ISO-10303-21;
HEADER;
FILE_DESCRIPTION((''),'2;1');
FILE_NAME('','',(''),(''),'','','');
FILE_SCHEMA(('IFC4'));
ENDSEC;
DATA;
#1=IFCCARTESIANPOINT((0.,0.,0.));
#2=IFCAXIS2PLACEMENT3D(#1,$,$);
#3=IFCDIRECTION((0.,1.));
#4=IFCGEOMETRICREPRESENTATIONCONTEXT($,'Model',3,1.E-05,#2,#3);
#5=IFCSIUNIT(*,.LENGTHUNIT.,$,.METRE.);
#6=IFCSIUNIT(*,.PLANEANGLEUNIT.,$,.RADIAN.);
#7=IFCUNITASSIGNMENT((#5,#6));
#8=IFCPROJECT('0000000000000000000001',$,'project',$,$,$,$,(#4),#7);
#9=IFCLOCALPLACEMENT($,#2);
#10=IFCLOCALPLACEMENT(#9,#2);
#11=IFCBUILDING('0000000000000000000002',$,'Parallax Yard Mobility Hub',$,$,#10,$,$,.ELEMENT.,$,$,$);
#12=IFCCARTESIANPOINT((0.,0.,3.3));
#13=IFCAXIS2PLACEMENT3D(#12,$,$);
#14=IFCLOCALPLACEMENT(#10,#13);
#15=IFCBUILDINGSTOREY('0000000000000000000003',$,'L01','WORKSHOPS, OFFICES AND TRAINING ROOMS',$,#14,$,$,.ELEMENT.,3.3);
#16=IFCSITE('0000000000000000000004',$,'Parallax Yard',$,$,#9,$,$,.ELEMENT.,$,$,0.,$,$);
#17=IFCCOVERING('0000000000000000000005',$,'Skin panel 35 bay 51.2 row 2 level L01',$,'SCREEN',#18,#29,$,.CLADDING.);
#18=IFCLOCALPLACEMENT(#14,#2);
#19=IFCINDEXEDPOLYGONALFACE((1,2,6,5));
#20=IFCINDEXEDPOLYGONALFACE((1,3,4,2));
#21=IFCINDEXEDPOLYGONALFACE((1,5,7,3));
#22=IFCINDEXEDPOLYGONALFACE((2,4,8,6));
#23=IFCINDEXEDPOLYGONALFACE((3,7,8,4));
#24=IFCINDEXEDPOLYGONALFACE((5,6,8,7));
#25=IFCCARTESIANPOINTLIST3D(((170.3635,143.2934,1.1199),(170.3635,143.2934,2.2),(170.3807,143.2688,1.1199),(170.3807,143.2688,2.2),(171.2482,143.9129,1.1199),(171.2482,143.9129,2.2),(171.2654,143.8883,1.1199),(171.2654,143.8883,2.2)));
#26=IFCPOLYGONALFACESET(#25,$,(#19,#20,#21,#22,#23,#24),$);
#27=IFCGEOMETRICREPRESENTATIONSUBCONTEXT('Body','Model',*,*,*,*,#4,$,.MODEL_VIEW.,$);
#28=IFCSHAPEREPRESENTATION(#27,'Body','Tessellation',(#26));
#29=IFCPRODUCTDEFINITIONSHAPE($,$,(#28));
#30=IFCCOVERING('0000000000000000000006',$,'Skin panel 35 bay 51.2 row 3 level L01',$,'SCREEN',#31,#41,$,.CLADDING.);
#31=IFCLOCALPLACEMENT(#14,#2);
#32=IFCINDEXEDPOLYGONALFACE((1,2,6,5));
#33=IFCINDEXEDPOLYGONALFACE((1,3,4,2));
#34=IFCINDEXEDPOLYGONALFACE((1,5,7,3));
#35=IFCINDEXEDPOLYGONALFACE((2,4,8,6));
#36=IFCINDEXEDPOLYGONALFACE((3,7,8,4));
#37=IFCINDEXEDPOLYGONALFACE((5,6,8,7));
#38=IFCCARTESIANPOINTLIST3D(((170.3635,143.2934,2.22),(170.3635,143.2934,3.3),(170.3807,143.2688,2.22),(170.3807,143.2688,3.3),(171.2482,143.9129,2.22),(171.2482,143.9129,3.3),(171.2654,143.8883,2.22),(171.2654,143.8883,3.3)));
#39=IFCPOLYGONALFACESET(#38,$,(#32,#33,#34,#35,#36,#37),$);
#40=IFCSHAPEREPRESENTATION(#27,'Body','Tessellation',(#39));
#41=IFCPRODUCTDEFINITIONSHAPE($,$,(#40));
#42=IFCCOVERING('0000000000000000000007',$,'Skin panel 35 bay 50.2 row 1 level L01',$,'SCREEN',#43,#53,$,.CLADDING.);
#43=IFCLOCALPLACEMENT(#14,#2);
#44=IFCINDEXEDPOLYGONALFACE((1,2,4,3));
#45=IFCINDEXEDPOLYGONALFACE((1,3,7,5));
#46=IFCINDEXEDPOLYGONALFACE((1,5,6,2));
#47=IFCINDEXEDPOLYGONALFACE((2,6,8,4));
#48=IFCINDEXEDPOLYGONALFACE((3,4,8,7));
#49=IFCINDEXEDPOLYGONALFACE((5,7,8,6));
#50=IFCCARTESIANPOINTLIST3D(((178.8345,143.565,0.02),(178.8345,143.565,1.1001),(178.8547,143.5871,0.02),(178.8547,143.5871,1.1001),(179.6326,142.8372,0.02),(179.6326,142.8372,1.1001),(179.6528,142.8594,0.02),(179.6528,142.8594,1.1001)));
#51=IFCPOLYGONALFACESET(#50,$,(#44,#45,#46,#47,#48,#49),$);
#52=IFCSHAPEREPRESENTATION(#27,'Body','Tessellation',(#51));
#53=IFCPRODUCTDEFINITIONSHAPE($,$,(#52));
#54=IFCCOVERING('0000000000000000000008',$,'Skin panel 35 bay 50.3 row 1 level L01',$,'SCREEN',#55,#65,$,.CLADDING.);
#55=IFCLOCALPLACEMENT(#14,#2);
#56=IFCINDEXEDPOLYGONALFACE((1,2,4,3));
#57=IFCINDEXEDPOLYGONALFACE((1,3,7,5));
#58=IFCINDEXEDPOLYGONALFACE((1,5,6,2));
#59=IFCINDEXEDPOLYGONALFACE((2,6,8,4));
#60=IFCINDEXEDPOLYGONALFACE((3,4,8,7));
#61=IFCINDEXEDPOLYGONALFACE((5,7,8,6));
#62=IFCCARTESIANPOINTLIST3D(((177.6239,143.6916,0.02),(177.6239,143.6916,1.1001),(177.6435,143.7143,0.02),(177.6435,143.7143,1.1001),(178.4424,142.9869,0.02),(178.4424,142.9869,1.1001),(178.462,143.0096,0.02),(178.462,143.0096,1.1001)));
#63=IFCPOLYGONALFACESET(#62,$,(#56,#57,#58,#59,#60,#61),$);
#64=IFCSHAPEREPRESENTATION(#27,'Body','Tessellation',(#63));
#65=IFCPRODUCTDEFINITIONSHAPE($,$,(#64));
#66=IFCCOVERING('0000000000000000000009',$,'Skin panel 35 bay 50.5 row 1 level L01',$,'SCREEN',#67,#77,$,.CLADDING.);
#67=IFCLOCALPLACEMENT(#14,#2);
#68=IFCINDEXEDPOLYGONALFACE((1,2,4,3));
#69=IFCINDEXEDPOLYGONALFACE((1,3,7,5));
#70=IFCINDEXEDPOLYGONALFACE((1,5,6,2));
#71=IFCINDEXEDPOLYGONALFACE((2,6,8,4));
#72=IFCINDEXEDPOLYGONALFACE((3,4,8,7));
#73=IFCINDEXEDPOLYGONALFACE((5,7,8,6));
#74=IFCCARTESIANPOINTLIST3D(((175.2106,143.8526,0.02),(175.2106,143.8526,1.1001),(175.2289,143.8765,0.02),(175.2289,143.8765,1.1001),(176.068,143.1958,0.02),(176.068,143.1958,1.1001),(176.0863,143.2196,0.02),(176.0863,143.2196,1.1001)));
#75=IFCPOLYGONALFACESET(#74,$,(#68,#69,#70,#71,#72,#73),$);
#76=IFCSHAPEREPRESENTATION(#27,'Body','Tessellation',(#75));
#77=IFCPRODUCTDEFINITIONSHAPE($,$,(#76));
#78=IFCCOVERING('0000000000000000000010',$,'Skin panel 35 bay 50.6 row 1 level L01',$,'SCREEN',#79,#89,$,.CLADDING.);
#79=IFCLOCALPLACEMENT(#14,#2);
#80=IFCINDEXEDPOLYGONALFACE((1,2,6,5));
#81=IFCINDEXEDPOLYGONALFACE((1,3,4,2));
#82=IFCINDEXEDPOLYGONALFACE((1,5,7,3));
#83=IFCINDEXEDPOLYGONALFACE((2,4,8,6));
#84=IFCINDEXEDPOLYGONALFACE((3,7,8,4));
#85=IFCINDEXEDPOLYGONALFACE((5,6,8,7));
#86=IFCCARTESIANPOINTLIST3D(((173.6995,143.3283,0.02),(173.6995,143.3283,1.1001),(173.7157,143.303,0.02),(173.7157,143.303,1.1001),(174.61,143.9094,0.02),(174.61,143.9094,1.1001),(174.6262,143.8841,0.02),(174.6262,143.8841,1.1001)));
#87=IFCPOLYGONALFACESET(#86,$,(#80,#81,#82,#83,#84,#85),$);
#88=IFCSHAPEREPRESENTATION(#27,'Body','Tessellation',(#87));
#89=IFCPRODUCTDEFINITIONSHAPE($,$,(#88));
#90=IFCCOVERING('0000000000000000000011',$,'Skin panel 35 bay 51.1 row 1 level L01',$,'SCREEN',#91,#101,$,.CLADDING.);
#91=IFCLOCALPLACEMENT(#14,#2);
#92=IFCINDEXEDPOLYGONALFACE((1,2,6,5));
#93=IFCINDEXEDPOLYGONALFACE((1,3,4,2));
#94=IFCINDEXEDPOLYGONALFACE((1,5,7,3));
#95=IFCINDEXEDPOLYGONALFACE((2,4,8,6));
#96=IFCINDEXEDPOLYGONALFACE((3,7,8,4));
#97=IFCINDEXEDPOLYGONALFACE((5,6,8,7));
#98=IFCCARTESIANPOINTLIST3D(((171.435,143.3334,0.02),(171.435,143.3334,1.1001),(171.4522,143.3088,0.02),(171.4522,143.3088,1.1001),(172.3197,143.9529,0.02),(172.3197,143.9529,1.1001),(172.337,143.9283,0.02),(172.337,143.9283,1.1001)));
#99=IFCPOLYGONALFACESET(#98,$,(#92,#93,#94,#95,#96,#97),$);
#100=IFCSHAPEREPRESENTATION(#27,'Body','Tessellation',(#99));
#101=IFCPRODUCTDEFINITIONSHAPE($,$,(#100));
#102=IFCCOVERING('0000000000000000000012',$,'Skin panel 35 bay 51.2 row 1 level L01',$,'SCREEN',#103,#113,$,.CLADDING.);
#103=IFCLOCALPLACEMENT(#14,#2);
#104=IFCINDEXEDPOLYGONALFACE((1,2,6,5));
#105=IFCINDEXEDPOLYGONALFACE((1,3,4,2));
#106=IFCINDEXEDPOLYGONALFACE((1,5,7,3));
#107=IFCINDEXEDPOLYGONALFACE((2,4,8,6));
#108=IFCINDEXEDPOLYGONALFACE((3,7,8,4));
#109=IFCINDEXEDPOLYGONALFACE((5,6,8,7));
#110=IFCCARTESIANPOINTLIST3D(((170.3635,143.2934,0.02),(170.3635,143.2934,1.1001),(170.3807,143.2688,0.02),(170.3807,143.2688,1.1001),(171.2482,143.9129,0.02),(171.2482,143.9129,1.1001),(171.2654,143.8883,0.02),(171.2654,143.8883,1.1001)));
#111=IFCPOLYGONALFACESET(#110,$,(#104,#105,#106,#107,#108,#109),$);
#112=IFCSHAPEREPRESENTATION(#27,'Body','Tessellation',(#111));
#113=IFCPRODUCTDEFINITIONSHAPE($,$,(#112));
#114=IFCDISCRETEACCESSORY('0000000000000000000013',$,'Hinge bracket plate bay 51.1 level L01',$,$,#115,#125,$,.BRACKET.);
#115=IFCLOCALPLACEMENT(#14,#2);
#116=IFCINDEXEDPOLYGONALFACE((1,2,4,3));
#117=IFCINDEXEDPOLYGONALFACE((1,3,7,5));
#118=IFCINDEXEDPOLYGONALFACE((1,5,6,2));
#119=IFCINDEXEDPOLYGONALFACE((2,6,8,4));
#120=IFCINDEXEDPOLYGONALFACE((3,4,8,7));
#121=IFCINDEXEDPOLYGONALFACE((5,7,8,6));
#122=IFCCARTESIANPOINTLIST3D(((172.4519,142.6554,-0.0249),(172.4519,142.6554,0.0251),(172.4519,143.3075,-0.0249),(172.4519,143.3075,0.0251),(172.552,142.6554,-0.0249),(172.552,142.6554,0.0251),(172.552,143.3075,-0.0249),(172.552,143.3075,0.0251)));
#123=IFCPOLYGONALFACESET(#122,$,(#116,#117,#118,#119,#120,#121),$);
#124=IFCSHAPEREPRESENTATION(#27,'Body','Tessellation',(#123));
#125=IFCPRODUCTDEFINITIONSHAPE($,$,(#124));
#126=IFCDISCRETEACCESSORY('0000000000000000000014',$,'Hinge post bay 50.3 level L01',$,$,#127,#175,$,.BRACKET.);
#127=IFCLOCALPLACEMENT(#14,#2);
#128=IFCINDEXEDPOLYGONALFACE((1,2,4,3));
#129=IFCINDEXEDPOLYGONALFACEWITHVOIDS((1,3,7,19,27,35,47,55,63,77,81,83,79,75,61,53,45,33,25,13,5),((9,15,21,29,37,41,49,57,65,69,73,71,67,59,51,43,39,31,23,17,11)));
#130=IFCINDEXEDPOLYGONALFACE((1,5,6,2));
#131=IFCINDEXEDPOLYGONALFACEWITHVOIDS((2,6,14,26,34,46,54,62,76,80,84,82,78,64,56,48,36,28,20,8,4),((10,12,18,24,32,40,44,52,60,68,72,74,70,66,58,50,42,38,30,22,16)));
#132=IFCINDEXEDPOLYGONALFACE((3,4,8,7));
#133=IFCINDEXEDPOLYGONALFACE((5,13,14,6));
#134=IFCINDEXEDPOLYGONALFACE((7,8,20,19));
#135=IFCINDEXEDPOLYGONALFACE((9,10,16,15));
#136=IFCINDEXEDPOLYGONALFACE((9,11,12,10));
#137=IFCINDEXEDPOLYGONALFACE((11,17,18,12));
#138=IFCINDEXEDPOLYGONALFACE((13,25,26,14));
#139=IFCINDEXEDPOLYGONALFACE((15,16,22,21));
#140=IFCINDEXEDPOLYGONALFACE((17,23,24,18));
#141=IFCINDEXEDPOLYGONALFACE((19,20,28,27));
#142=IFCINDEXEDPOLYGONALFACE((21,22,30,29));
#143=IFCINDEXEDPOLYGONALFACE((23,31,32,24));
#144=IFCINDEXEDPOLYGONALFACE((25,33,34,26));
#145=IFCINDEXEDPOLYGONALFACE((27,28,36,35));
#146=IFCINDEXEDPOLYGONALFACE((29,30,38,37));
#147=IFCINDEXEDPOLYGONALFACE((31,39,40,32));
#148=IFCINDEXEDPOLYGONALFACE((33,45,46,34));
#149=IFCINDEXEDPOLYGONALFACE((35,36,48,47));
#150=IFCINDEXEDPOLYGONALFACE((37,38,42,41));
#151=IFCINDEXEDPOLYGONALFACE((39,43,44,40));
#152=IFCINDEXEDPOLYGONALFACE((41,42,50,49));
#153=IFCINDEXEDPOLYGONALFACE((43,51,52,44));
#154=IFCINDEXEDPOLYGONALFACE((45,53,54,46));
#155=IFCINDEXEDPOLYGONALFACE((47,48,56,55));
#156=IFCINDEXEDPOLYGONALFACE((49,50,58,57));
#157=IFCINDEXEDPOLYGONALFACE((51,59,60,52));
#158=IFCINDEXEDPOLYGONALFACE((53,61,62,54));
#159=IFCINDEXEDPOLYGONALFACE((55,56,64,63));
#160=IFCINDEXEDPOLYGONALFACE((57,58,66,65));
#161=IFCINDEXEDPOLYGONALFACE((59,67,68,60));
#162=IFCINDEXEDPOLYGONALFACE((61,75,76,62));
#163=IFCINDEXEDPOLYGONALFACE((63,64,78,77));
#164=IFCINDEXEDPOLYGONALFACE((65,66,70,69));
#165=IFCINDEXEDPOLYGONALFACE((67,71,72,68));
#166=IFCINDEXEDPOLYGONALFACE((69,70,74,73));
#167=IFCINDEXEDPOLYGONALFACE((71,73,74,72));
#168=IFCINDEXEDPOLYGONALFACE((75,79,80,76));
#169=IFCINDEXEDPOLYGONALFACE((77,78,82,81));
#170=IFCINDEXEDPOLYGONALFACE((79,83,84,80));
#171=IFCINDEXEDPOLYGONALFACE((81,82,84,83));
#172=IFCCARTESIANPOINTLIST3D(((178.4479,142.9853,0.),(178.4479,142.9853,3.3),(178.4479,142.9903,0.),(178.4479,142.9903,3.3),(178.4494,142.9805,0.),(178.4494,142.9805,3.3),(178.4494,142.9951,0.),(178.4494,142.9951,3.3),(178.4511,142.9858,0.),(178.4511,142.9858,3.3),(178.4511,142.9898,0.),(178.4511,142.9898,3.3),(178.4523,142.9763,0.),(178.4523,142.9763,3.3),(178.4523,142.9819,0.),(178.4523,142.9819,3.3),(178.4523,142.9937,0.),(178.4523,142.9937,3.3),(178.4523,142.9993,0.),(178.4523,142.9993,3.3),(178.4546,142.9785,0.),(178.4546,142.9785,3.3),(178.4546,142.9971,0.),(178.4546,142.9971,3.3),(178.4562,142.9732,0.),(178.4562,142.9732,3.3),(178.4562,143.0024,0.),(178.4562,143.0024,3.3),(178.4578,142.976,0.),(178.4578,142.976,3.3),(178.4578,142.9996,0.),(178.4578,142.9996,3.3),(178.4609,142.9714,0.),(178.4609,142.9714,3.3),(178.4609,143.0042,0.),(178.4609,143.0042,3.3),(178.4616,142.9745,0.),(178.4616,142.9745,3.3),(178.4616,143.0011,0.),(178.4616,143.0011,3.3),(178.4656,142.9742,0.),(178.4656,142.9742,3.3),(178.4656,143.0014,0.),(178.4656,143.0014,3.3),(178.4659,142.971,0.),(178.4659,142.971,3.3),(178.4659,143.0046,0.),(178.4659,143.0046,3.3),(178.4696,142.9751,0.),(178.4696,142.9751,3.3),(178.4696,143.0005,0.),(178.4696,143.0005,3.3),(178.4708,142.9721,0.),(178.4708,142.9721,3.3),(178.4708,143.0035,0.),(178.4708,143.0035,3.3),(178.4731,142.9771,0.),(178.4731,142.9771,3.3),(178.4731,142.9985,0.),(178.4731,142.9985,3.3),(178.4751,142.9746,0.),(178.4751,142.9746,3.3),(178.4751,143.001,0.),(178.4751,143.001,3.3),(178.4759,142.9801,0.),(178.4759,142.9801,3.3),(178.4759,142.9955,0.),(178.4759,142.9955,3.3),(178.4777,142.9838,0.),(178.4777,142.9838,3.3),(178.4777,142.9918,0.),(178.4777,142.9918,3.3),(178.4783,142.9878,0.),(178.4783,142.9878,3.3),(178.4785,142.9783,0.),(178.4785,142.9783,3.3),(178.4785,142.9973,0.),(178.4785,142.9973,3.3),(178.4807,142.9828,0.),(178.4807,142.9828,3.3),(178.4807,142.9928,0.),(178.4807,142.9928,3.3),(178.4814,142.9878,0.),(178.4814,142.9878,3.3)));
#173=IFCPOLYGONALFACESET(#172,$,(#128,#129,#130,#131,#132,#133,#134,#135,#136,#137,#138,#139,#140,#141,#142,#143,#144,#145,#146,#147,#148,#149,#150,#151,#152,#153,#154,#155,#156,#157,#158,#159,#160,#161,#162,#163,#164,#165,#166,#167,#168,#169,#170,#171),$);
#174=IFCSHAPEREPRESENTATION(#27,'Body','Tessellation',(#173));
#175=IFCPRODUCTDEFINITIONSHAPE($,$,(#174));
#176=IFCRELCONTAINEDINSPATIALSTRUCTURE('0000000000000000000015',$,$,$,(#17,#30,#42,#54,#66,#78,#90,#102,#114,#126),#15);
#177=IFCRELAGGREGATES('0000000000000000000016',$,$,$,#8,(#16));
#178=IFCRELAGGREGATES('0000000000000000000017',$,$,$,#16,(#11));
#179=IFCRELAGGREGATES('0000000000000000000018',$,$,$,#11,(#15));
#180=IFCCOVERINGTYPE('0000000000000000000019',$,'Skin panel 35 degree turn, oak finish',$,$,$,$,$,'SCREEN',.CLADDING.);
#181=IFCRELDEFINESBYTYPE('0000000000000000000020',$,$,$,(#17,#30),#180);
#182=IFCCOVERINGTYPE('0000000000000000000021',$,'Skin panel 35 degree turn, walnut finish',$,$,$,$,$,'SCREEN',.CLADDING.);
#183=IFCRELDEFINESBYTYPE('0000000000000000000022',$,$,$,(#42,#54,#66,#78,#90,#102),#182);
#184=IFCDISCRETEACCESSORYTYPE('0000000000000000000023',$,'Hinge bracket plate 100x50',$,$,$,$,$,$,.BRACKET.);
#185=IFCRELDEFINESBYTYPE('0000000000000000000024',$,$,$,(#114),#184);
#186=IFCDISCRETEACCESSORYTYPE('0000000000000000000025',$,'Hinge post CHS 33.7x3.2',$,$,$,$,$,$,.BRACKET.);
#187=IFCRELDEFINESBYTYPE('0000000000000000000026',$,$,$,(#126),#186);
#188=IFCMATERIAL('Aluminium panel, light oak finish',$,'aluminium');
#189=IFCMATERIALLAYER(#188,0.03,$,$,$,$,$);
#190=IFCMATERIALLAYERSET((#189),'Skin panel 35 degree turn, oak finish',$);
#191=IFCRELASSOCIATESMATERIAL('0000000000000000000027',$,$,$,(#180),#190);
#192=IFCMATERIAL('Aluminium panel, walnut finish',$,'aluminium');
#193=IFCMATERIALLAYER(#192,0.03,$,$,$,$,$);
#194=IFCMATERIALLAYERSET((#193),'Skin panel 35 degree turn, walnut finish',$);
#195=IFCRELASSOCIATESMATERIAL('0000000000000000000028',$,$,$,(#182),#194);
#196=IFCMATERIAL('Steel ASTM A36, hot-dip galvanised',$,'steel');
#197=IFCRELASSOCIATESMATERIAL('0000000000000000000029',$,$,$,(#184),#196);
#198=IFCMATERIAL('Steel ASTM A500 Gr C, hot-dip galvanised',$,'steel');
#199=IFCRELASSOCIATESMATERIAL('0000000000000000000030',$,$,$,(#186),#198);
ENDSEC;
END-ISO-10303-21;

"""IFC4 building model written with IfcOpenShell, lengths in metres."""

from ifc_helpers import new_model, si_unit, direction, frame, origin, origin_2d, place, context, subcontext, project, spatial, rectangle, hollow_circle, extrude, material, layer, layer_set, material_profile, profile_set, type_object, element, save


model = new_model("IFC4")

# Units and contexts
model_context = context("Model", 3, precision=1e-05, world=origin(), true_north=direction((0.0, 1.0)))
body_context = subcontext(model_context, "Body", "Model", "MODEL_VIEW")
ifc_project = project(units=[si_unit("LENGTHUNIT", "METRE"), si_unit("PLANEANGLEUNIT", "RADIAN")], contexts=[model_context])

# Site, building, storey
site_placement = place(None, origin())
site = spatial("IfcSite", under=ifc_project, at=site_placement, Name="Parallax Yard", CompositionType="ELEMENT", RefElevation=0.0)
building_placement = place(site_placement, origin())
building = spatial("IfcBuilding", under=site, at=building_placement, Name="Parallax Yard Mobility Hub", CompositionType="ELEMENT")
storey_placement = place(building_placement, frame((0.0, 0.0, 3.3)))
storey = spatial("IfcBuildingStorey", under=building, at=storey_placement, Name="L01", Description="WORKSHOPS, OFFICES AND TRAINING ROOMS", CompositionType="ELEMENT", Elevation=3.3)

# Coverings
ifc_material_1 = material(Name="Aluminium panel, light oak finish", Category="aluminium")
ifc_material_2 = material(Name="Aluminium panel, walnut finish", Category="aluminium")
ifc_layer_1 = layer(ifc_material_1, 0.03)
ifc_layer_set_1 = layer_set([ifc_layer_1], Name="Skin panel 35 degree turn, oak finish")
covering_type_1 = type_object("IfcCoveringType", Name="Skin panel 35 degree turn, oak finish", ElementType="SCREEN", PredefinedType="CLADDING", material=ifc_layer_set_1)
for number, where, z_axis, x_axis, name in (
    (1, (170.8145, 143.5908, 1.1199), (0.0, 0.0, 1.0), (0.819152, 0.573576, 0.0), "Skin panel 35 bay 51.2 row 2 level L01"),
    (2, (170.8145, 143.5908, 2.22), (0.0, 0.0, 1.0), (0.819152, 0.573576, 0.0), "Skin panel 35 bay 51.2 row 3 level L01"),
):
    element("IfcCovering", number, at=place(storey_placement, frame(where, z_axis=z_axis, x_axis=x_axis)), inside=storey, type_object=covering_type_1, Name=name, ObjectType="SCREEN", PredefinedType="CLADDING", context=body_context, shape_type="SweptSolid", body=[
        extrude(rectangle(XDim=1.0801, YDim=0.03, at=origin_2d()), origin(), (0.0, 0.0, 1.0), 1.0801),
    ])
ifc_layer_2 = layer(ifc_material_2, 0.03)
ifc_layer_set_2 = layer_set([ifc_layer_2], Name="Skin panel 35 degree turn, walnut finish")
covering_type_2 = type_object("IfcCoveringType", Name="Skin panel 35 degree turn, walnut finish", ElementType="SCREEN", PredefinedType="CLADDING", material=ifc_layer_set_2)
for number, where, z_axis, x_axis, name in (
    (3, (179.2437, 143.2122, 0.02), (0.0, 0.0, 1.0), (-0.738884, 0.673833, 0.0), "Skin panel 35 bay 50.2 row 1 level L01"),
    (4, (178.043, 143.3506, 0.02), (0.0, 0.0, 1.0), (-0.757824, 0.65246, 0.0), "Skin panel 35 bay 50.3 row 1 level L01"),
    (5, (175.6484, 143.5361, 0.02), (0.0, 0.0, 1.0), (-0.793837, 0.608131, 0.0), "Skin panel 35 bay 50.5 row 1 level L01"),
    (6, (174.1628, 143.6062, 0.02), (0.0, 0.0, 1.0), (0.842964, 0.537969, 0.0), "Skin panel 35 bay 50.6 row 1 level L01"),
    (7, (171.886, 143.6309, 0.02), (0.0, 0.0, 1.0), (0.819152, 0.573576, 0.0), "Skin panel 35 bay 51.1 row 1 level L01"),
    (8, (170.8145, 143.5908, 0.02), (0.0, 0.0, 1.0), (0.819152, 0.573576, 0.0), "Skin panel 35 bay 51.2 row 1 level L01"),
):
    element("IfcCovering", number, at=place(storey_placement, frame(where, z_axis=z_axis, x_axis=x_axis)), inside=storey, type_object=covering_type_2, Name=name, ObjectType="SCREEN", PredefinedType="CLADDING", context=body_context, shape_type="SweptSolid", body=[
        extrude(rectangle(XDim=1.0801, YDim=0.03, at=origin_2d()), origin(), (0.0, 0.0, 1.0), 1.0801),
    ])

# Discrete accessories
ifc_material_3 = material(Name="Steel ASTM A36, hot-dip galvanised", Category="steel")
discrete_accessory_type_1 = type_object("IfcDiscreteAccessoryType", Name="Hinge bracket plate 100x50", PredefinedType="BRACKET", material=ifc_material_3)
discrete_accessory_placement = place(storey_placement, frame((172.502, 142.9814, -0.0249), z_axis=(0.0, 0.0, 1.0), x_axis=(0.0, 1.0, 0.0)))
element("IfcDiscreteAccessory", 9, at=discrete_accessory_placement, inside=storey, type_object=discrete_accessory_type_1, Name="Hinge bracket plate bay 51.1 level L01", PredefinedType="BRACKET", context=body_context, shape_type="SweptSolid", body=[
    extrude(rectangle(XDim=0.6521, YDim=0.1001, at=origin_2d()), origin(), (0.0, 0.0, 1.0), 0.05),
])
ifc_material_4 = material(Name="Steel ASTM A500 Gr C, hot-dip galvanised", Category="steel")
ifc_material_profile = material_profile(ifc_material_4, hollow_circle(Radius=0.0168, WallThickness=0.0032, at=origin_2d()), Name="CHS 33.7x3.2")
ifc_profile_set = profile_set([ifc_material_profile], Name="Steel ASTM A500 Gr C, hot-dip galvanised")
discrete_accessory_type_2 = type_object("IfcDiscreteAccessoryType", Name="Hinge post CHS 33.7x3.2", PredefinedType="BRACKET", material=ifc_profile_set)
for number, where, z_axis, x_axis, name in (
    (10, (178.4646, 142.9878, 0.0), (0.0, 0.0, 1.0), (1.0, 0.0, 0.0), "Hinge post bay 50.3 level L01"),
):
    element("IfcDiscreteAccessory", number, at=place(storey_placement, frame(where, z_axis=z_axis, x_axis=x_axis)), inside=storey, type_object=discrete_accessory_type_2, Name=name, PredefinedType="BRACKET", context=body_context, shape_type="SweptSolid", body=[
        extrude(hollow_circle(Radius=0.0168, WallThickness=0.0032, at=origin_2d()), origin(), (0.0, 0.0, 1.0), 3.3),
    ])

save(model, "model.ifc")
